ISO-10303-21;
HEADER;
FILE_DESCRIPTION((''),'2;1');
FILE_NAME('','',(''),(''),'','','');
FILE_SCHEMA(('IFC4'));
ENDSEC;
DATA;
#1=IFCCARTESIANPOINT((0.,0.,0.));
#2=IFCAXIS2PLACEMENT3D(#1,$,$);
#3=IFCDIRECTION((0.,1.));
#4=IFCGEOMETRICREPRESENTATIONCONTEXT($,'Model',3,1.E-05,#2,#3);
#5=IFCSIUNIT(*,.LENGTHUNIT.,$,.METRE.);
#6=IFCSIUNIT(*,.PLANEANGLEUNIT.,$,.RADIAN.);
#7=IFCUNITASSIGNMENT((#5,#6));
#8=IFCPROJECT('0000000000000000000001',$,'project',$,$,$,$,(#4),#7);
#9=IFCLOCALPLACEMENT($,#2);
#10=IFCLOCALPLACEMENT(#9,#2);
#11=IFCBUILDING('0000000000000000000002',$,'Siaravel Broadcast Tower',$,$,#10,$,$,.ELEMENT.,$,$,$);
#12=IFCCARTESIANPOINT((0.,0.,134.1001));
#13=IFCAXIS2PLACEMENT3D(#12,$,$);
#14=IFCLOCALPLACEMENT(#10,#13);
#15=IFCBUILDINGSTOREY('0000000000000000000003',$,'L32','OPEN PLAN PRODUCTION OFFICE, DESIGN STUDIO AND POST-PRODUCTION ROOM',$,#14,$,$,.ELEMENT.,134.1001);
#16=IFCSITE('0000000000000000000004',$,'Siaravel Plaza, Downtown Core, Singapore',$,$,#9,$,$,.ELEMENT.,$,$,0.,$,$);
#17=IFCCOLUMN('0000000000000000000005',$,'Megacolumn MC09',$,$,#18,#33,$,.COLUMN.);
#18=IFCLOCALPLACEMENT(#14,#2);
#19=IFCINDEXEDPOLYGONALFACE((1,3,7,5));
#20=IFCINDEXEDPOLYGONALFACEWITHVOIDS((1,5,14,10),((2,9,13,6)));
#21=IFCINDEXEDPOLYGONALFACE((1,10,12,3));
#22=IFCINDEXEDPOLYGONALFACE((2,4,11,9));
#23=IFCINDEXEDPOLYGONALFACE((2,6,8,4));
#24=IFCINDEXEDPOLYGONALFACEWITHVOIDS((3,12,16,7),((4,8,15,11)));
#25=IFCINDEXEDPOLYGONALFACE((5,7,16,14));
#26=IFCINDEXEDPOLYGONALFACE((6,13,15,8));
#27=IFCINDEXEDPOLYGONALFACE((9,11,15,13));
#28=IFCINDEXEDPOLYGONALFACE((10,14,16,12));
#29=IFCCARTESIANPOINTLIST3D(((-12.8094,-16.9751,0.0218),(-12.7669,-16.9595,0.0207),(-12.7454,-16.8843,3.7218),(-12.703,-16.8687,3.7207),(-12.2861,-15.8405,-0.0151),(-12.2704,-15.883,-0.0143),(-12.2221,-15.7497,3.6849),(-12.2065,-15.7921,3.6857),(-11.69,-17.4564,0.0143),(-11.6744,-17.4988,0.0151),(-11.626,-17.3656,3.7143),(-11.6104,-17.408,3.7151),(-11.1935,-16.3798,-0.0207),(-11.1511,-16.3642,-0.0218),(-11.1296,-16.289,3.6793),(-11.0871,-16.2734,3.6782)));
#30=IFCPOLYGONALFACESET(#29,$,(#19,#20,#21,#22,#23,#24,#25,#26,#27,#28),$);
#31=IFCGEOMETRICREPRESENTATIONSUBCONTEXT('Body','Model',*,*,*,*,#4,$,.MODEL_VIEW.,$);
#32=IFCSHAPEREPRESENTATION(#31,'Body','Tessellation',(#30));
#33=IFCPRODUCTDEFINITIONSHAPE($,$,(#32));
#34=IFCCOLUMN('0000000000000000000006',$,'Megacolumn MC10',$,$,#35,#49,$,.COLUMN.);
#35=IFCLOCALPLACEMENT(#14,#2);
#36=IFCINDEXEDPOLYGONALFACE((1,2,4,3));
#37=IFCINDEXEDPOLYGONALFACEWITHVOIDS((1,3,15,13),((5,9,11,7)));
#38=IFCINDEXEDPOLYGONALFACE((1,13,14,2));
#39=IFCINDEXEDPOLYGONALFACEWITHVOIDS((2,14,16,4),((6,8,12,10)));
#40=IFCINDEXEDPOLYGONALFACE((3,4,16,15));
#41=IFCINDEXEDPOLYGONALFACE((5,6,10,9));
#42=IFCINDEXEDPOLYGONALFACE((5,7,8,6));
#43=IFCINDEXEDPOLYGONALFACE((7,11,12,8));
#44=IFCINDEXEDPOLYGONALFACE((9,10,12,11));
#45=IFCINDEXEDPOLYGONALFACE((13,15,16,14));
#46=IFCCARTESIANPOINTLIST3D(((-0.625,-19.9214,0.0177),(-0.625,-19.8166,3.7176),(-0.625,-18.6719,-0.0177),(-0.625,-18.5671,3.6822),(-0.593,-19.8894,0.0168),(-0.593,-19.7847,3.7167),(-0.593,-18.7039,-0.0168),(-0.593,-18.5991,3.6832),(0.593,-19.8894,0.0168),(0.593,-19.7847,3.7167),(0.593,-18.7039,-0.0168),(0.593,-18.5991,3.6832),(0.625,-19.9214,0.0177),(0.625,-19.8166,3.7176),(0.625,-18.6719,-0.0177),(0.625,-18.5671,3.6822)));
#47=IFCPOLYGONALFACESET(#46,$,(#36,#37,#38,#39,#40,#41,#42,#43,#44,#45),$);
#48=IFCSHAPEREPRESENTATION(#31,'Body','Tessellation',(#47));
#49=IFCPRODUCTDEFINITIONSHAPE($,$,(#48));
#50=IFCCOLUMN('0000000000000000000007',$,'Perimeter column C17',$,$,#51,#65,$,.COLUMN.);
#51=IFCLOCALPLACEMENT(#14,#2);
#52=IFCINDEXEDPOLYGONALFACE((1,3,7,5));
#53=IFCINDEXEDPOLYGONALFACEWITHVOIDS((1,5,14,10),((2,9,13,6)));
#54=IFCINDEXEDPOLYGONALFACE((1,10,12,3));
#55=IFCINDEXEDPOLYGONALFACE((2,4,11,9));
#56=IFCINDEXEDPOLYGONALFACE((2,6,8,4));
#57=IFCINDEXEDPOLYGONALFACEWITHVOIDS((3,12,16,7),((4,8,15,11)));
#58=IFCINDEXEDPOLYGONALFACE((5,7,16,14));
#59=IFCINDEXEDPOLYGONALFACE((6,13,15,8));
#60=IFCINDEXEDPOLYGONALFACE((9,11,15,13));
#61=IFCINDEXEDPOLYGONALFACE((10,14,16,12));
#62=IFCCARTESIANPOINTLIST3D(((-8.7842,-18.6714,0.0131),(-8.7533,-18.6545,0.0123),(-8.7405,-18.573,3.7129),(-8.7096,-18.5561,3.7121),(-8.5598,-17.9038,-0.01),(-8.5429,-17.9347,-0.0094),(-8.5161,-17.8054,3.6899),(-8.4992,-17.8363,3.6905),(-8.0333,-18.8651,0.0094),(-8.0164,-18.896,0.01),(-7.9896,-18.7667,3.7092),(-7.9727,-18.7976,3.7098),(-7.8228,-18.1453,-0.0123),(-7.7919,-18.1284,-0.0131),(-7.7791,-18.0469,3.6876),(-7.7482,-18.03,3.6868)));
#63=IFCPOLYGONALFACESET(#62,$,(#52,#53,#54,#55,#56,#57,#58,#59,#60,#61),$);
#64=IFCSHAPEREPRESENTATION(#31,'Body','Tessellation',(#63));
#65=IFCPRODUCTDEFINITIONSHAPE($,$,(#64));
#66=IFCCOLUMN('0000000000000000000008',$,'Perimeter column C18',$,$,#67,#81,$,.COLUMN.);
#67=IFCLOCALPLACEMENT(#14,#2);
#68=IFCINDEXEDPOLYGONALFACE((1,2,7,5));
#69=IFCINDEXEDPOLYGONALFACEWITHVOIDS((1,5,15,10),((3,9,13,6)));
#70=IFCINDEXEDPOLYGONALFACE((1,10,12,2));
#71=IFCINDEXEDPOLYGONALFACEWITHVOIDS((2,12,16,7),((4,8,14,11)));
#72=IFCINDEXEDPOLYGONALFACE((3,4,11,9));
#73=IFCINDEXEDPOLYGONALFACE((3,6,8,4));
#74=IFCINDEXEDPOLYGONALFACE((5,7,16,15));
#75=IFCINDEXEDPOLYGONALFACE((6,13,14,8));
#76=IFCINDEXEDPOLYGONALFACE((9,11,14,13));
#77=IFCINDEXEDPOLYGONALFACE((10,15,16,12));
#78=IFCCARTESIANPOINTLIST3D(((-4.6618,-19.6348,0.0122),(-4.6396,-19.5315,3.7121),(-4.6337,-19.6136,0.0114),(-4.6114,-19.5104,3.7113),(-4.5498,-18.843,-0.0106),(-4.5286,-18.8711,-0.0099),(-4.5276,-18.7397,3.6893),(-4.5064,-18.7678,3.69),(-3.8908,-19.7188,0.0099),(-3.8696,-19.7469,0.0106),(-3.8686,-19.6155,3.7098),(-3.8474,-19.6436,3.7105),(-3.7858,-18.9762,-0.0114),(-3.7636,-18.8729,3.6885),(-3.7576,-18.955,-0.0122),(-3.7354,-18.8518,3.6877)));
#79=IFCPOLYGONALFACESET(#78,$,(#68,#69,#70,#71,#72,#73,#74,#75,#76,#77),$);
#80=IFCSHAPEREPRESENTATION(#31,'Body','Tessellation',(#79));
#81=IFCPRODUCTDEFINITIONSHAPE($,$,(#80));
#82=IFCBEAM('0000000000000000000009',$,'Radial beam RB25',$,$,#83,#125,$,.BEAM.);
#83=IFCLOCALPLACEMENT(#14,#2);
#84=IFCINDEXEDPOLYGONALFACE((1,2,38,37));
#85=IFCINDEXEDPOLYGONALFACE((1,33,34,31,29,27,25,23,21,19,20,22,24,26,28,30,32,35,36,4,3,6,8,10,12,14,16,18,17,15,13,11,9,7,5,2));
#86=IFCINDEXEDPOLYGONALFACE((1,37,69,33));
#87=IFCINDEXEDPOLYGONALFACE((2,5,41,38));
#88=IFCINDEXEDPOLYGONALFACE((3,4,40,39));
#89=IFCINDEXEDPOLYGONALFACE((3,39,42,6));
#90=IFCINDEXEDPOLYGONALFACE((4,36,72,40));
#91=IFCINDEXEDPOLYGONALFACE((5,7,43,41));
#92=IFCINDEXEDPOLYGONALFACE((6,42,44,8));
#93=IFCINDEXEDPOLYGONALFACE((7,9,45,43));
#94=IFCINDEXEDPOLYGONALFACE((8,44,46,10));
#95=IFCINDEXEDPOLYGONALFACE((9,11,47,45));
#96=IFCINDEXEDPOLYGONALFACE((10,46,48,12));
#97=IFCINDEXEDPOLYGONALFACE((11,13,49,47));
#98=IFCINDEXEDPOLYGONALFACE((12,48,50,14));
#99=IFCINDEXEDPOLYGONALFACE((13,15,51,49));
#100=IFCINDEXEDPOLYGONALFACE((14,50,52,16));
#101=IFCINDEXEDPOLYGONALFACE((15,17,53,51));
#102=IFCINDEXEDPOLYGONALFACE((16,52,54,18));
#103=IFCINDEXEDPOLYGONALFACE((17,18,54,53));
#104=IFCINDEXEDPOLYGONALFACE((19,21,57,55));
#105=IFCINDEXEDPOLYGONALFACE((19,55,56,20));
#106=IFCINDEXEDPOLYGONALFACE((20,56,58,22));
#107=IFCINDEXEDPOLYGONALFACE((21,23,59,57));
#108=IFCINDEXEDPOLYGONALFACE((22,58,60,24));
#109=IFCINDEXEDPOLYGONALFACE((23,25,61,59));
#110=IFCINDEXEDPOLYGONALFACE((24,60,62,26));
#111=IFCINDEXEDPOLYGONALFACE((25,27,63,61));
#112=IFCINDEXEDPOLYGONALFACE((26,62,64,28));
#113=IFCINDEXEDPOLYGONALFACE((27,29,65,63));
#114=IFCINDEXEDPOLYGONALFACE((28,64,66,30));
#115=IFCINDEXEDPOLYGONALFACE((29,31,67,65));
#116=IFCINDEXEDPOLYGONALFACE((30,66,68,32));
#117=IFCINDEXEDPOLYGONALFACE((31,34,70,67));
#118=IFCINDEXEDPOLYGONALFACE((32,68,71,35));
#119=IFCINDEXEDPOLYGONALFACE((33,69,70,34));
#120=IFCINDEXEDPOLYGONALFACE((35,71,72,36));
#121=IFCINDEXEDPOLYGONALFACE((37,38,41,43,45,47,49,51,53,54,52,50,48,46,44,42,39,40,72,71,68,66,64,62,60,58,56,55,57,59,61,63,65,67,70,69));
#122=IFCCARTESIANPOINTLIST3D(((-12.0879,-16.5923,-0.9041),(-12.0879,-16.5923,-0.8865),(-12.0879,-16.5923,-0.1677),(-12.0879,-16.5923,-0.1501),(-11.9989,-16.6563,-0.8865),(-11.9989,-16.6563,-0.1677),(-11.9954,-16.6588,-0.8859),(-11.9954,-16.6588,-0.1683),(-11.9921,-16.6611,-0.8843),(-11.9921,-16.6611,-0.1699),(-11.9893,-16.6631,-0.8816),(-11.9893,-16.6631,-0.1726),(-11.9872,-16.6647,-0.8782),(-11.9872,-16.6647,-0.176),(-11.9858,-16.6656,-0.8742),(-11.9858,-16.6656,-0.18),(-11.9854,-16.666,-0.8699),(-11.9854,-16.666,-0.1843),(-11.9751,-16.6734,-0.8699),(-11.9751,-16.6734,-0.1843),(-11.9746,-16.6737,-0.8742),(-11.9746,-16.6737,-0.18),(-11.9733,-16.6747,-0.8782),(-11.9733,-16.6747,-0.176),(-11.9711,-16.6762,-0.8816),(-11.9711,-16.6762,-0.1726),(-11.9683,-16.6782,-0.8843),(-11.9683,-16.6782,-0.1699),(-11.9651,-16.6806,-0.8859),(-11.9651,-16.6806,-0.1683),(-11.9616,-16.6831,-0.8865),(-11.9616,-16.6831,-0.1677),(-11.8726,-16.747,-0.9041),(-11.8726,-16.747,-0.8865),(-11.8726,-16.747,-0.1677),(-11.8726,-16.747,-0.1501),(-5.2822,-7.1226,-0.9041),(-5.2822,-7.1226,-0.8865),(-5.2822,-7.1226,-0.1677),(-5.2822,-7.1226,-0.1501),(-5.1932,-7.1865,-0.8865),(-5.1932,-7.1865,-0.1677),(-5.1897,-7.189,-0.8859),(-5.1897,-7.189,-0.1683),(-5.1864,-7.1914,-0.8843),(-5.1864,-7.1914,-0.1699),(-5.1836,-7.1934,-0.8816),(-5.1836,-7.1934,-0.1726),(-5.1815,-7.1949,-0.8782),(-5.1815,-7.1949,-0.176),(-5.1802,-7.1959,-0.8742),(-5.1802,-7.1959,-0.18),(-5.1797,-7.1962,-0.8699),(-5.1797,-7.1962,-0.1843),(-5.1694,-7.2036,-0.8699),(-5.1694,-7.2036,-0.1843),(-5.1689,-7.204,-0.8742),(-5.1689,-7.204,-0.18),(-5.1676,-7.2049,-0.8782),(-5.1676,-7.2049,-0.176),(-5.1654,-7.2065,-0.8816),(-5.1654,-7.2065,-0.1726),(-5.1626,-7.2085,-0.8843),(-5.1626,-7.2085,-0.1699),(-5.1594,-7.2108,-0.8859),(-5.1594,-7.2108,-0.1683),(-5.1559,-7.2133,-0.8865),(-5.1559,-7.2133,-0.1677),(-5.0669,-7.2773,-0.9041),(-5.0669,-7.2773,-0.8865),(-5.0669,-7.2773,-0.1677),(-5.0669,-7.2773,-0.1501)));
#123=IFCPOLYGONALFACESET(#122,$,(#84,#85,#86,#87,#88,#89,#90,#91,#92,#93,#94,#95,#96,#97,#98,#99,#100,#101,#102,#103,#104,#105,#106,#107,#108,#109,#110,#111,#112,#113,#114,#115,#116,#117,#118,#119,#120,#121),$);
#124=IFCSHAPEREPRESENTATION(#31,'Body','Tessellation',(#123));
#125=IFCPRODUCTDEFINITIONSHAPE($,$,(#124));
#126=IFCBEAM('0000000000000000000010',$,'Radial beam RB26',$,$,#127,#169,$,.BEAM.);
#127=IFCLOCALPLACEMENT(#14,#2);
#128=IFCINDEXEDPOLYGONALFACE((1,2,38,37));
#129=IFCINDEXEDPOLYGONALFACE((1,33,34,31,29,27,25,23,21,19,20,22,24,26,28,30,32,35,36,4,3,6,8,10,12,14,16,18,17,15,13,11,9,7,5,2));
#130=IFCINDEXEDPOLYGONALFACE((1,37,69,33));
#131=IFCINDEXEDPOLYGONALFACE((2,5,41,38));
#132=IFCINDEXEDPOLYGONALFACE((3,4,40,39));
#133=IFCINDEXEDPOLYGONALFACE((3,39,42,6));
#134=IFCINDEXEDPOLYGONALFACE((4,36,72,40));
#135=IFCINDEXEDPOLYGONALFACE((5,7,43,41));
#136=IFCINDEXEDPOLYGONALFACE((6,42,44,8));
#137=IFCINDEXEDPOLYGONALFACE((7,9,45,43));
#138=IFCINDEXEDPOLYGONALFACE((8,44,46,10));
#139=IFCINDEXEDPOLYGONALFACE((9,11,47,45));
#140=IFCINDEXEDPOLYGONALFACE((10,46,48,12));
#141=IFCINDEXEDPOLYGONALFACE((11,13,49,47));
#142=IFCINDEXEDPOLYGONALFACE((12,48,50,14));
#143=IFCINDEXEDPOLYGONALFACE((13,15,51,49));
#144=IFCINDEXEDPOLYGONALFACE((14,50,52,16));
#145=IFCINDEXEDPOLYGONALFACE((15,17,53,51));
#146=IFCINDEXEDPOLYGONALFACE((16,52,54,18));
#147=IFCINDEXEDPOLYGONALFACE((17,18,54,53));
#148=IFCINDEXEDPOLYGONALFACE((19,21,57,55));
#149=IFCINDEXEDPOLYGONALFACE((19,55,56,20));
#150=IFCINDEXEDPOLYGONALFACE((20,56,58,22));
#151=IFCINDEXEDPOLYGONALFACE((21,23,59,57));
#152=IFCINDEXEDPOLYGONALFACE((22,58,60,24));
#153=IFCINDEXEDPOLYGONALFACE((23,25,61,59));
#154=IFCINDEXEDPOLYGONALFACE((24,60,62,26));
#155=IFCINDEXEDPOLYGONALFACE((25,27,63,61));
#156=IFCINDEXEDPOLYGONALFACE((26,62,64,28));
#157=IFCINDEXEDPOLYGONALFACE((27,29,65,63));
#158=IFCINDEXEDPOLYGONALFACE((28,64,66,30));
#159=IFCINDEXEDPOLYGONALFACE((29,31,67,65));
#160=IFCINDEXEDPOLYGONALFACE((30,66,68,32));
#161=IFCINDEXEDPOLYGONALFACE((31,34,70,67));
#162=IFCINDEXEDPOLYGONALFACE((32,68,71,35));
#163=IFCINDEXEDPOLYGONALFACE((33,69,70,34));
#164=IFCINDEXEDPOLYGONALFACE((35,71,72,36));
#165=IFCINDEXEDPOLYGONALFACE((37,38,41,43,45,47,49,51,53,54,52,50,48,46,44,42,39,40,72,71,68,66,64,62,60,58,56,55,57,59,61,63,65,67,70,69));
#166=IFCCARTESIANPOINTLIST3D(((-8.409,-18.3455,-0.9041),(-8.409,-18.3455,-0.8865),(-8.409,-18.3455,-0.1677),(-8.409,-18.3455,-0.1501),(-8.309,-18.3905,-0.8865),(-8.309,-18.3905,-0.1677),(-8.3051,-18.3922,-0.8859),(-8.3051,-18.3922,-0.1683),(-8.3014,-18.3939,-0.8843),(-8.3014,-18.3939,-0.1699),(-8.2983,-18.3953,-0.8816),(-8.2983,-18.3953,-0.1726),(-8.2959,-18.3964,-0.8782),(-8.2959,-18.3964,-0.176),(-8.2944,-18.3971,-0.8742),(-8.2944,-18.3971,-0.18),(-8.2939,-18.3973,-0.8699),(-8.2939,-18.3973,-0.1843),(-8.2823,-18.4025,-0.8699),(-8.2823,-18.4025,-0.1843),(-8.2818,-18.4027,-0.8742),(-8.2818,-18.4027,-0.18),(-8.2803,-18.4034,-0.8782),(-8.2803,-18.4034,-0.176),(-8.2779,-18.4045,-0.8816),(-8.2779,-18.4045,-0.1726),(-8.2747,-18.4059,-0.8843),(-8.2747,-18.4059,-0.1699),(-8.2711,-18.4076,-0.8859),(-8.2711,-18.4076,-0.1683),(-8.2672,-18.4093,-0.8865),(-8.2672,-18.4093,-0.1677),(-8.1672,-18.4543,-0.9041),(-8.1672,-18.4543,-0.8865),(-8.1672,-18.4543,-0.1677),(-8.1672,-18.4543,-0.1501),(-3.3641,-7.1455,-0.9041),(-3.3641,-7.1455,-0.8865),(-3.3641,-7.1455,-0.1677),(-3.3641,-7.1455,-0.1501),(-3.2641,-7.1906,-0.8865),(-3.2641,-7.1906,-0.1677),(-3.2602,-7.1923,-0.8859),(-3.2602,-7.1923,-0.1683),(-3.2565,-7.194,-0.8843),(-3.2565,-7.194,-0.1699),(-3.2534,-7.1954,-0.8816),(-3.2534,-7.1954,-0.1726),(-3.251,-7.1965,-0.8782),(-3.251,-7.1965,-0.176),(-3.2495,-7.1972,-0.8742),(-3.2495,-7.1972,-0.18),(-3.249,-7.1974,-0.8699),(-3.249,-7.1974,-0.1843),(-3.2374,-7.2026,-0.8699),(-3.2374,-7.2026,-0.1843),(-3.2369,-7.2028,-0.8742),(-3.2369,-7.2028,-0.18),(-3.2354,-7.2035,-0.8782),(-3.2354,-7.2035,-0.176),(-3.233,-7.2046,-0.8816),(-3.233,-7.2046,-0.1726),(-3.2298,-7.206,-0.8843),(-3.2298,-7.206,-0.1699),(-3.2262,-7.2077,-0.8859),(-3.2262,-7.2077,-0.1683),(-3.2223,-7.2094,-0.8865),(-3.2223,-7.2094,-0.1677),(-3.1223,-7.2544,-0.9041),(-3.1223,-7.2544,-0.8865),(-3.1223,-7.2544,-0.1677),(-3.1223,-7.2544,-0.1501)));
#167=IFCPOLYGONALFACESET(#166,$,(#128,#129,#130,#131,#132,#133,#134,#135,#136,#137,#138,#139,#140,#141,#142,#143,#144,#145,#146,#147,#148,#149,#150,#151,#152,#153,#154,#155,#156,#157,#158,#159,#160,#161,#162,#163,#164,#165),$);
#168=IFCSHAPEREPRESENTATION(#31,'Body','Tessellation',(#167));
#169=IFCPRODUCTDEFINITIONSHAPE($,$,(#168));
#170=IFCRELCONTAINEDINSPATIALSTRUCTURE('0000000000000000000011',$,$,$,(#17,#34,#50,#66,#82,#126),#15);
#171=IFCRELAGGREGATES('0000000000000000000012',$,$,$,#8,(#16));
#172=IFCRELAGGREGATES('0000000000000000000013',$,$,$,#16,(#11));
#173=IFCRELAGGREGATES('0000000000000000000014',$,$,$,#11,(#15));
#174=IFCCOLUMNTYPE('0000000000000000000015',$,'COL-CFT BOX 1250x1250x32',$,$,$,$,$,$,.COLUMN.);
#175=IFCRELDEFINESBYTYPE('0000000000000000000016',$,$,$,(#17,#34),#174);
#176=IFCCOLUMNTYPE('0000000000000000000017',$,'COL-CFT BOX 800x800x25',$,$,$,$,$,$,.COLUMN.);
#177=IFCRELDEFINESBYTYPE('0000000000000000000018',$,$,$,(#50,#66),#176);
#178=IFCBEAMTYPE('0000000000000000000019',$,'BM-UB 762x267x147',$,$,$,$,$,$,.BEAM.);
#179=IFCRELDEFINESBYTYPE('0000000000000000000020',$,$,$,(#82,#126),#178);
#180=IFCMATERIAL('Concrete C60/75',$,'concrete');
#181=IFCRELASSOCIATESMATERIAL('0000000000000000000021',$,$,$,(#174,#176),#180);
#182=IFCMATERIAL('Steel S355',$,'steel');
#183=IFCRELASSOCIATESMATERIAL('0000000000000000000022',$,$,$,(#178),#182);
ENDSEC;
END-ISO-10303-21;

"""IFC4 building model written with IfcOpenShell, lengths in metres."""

from ifc_helpers import new_model, si_unit, direction, frame, origin, origin_2d, place, context, subcontext, project, spatial, hollow_rectangle, i_section, extrude, material, material_profile, profile_set, type_object, element, save


model = new_model("IFC4")

# Units and contexts
model_context = context("Model", 3, precision=1e-05, world=origin(), true_north=direction((0.0, 1.0)))
body_context = subcontext(model_context, "Body", "Model", "MODEL_VIEW")
ifc_project = project(units=[si_unit("LENGTHUNIT", "METRE"), si_unit("PLANEANGLEUNIT", "RADIAN")], contexts=[model_context])

# Site, building, storey
site_placement = place(None, origin())
site = spatial("IfcSite", under=ifc_project, at=site_placement, Name="Siaravel Plaza, Downtown Core, Singapore", CompositionType="ELEMENT", RefElevation=0.0)
building_placement = place(site_placement, origin())
building = spatial("IfcBuilding", under=site, at=building_placement, Name="Siaravel Broadcast Tower", CompositionType="ELEMENT")
storey_placement = place(building_placement, frame((0.0, 0.0, 134.1001)))
storey = spatial("IfcBuildingStorey", under=building, at=storey_placement, Name="L32", Description="OPEN PLAN PRODUCTION OFFICE, DESIGN STUDIO AND POST-PRODUCTION ROOM", CompositionType="ELEMENT", Elevation=134.1001)

# Columns
ifc_material_1 = material(Name="Concrete C60/75", Category="concrete")
ifc_material_profile_1 = material_profile(ifc_material_1, hollow_rectangle(XDim=1.25, YDim=1.25, WallThickness=0.032, at=origin_2d()))
ifc_profile_set_1 = profile_set([ifc_material_profile_1], Name="Concrete C60/75")
column_type_1 = type_object("IfcColumnType", Name="COL-CFT BOX 1250x1250x32", PredefinedType="COLUMN", material=ifc_profile_set_1)
column_1_placement = place(storey_placement, frame((-11.9802, -16.6697, 0.0), z_axis=(0.01728, 0.024535, 0.99955), x_axis=(-0.908001, 0.418933, 0.005414)))
element("IfcColumn", 1, at=column_1_placement, inside=storey, type_object=column_type_1, Name="Megacolumn MC09", PredefinedType="COLUMN", context=body_context, shape_type="SweptSolid", body=[
    extrude(hollow_rectangle(XDim=1.25, YDim=1.25, WallThickness=0.032, at=origin_2d()), origin(), (0.0, 0.0, 1.0), 3.7017),
])
column_2_placement = place(storey_placement, frame((0.0, -19.2966, 0.0), z_axis=(0.0, 0.028296, 0.9996), x_axis=(-1.0, 0.0, 0.0)))
element("IfcColumn", 2, at=column_2_placement, inside=storey, type_object=column_type_1, Name="Megacolumn MC10", PredefinedType="COLUMN", context=body_context, shape_type="SweptSolid", body=[
    extrude(hollow_rectangle(XDim=1.25, YDim=1.25, WallThickness=0.032, at=origin_2d()), origin(), (0.0, 0.0, 1.0), 3.7014),
])
ifc_material_profile_2 = material_profile(ifc_material_1, hollow_rectangle(XDim=0.8, YDim=0.8, WallThickness=0.0249, at=origin_2d()))
ifc_profile_set_2 = profile_set([ifc_material_profile_2], Name="Concrete C60/75")
column_type_2 = type_object("IfcColumnType", Name="COL-CFT BOX 800x800x25", PredefinedType="COLUMN", material=ifc_profile_set_2)
for number, where, z_axis, x_axis, name in (
    (3, (-8.2881, -18.3999, 0.0), (0.011806, 0.026581, 0.999577), (-0.959776, 0.28074, 0.003871), "Perimeter column C17"),
    (4, (-4.2097, -19.2949, 0.0), (0.006002, 0.0279, 0.999593), (-0.990135, 0.1401, 0.002035), "Perimeter column C18"),
):
    element("IfcColumn", number, at=place(storey_placement, frame(where, z_axis=z_axis, x_axis=x_axis)), inside=storey, type_object=column_type_2, Name=name, PredefinedType="COLUMN", context=body_context, shape_type="SweptSolid", body=[
        extrude(hollow_rectangle(XDim=0.8, YDim=0.8, WallThickness=0.0249, at=origin_2d()), origin(), (0.0, 0.0, 1.0), 3.7014),
    ])

# Beams
ifc_material_2 = material(Name="Steel S355", Category="steel")
ifc_material_profile_3 = material_profile(ifc_material_2, i_section(OverallWidth=0.2651, OverallDepth=0.7539, WebThickness=0.0127, FlangeThickness=0.0176, FilletRadius=0.0166, at=origin_2d()))
ifc_profile_set_3 = profile_set([ifc_material_profile_3], Name="Steel S355")
beam_type = type_object("IfcBeamType", Name="BM-UB 762x267x147", PredefinedType="BEAM", material=ifc_profile_set_3)
beam_1_placement = place(storey_placement, frame((-11.9802, -16.6697, -0.5271), z_axis=(0.583596, 0.812044, 0.0), x_axis=(-0.812044, 0.583596, 0.0)))
element("IfcBeam", 5, at=beam_1_placement, inside=storey, type_object=beam_type, Name="Radial beam RB25", PredefinedType="BEAM", context=body_context, shape_type="SweptSolid", body=[
    extrude(i_section(OverallWidth=0.2651, OverallDepth=0.7539, WebThickness=0.0127, FlangeThickness=0.0176, FilletRadius=0.0166, at=origin_2d()), origin(), (0.0, 0.0, 1.0), 11.6616),
])
beam_2_placement = place(storey_placement, frame((-8.2881, -18.3999, -0.5271), z_axis=(0.410699, 0.911771, 0.0), x_axis=(-0.911771, 0.410699, 0.0)))
element("IfcBeam", 6, at=beam_2_placement, inside=storey, type_object=beam_type, Name="Radial beam RB26", PredefinedType="BEAM", context=body_context, shape_type="SweptSolid", body=[
    extrude(i_section(OverallWidth=0.2651, OverallDepth=0.7539, WebThickness=0.0127, FlangeThickness=0.0176, FilletRadius=0.0166, at=origin_2d()), origin(), (0.0, 0.0, 1.0), 12.2837),
])

save(model, "model.ifc")
